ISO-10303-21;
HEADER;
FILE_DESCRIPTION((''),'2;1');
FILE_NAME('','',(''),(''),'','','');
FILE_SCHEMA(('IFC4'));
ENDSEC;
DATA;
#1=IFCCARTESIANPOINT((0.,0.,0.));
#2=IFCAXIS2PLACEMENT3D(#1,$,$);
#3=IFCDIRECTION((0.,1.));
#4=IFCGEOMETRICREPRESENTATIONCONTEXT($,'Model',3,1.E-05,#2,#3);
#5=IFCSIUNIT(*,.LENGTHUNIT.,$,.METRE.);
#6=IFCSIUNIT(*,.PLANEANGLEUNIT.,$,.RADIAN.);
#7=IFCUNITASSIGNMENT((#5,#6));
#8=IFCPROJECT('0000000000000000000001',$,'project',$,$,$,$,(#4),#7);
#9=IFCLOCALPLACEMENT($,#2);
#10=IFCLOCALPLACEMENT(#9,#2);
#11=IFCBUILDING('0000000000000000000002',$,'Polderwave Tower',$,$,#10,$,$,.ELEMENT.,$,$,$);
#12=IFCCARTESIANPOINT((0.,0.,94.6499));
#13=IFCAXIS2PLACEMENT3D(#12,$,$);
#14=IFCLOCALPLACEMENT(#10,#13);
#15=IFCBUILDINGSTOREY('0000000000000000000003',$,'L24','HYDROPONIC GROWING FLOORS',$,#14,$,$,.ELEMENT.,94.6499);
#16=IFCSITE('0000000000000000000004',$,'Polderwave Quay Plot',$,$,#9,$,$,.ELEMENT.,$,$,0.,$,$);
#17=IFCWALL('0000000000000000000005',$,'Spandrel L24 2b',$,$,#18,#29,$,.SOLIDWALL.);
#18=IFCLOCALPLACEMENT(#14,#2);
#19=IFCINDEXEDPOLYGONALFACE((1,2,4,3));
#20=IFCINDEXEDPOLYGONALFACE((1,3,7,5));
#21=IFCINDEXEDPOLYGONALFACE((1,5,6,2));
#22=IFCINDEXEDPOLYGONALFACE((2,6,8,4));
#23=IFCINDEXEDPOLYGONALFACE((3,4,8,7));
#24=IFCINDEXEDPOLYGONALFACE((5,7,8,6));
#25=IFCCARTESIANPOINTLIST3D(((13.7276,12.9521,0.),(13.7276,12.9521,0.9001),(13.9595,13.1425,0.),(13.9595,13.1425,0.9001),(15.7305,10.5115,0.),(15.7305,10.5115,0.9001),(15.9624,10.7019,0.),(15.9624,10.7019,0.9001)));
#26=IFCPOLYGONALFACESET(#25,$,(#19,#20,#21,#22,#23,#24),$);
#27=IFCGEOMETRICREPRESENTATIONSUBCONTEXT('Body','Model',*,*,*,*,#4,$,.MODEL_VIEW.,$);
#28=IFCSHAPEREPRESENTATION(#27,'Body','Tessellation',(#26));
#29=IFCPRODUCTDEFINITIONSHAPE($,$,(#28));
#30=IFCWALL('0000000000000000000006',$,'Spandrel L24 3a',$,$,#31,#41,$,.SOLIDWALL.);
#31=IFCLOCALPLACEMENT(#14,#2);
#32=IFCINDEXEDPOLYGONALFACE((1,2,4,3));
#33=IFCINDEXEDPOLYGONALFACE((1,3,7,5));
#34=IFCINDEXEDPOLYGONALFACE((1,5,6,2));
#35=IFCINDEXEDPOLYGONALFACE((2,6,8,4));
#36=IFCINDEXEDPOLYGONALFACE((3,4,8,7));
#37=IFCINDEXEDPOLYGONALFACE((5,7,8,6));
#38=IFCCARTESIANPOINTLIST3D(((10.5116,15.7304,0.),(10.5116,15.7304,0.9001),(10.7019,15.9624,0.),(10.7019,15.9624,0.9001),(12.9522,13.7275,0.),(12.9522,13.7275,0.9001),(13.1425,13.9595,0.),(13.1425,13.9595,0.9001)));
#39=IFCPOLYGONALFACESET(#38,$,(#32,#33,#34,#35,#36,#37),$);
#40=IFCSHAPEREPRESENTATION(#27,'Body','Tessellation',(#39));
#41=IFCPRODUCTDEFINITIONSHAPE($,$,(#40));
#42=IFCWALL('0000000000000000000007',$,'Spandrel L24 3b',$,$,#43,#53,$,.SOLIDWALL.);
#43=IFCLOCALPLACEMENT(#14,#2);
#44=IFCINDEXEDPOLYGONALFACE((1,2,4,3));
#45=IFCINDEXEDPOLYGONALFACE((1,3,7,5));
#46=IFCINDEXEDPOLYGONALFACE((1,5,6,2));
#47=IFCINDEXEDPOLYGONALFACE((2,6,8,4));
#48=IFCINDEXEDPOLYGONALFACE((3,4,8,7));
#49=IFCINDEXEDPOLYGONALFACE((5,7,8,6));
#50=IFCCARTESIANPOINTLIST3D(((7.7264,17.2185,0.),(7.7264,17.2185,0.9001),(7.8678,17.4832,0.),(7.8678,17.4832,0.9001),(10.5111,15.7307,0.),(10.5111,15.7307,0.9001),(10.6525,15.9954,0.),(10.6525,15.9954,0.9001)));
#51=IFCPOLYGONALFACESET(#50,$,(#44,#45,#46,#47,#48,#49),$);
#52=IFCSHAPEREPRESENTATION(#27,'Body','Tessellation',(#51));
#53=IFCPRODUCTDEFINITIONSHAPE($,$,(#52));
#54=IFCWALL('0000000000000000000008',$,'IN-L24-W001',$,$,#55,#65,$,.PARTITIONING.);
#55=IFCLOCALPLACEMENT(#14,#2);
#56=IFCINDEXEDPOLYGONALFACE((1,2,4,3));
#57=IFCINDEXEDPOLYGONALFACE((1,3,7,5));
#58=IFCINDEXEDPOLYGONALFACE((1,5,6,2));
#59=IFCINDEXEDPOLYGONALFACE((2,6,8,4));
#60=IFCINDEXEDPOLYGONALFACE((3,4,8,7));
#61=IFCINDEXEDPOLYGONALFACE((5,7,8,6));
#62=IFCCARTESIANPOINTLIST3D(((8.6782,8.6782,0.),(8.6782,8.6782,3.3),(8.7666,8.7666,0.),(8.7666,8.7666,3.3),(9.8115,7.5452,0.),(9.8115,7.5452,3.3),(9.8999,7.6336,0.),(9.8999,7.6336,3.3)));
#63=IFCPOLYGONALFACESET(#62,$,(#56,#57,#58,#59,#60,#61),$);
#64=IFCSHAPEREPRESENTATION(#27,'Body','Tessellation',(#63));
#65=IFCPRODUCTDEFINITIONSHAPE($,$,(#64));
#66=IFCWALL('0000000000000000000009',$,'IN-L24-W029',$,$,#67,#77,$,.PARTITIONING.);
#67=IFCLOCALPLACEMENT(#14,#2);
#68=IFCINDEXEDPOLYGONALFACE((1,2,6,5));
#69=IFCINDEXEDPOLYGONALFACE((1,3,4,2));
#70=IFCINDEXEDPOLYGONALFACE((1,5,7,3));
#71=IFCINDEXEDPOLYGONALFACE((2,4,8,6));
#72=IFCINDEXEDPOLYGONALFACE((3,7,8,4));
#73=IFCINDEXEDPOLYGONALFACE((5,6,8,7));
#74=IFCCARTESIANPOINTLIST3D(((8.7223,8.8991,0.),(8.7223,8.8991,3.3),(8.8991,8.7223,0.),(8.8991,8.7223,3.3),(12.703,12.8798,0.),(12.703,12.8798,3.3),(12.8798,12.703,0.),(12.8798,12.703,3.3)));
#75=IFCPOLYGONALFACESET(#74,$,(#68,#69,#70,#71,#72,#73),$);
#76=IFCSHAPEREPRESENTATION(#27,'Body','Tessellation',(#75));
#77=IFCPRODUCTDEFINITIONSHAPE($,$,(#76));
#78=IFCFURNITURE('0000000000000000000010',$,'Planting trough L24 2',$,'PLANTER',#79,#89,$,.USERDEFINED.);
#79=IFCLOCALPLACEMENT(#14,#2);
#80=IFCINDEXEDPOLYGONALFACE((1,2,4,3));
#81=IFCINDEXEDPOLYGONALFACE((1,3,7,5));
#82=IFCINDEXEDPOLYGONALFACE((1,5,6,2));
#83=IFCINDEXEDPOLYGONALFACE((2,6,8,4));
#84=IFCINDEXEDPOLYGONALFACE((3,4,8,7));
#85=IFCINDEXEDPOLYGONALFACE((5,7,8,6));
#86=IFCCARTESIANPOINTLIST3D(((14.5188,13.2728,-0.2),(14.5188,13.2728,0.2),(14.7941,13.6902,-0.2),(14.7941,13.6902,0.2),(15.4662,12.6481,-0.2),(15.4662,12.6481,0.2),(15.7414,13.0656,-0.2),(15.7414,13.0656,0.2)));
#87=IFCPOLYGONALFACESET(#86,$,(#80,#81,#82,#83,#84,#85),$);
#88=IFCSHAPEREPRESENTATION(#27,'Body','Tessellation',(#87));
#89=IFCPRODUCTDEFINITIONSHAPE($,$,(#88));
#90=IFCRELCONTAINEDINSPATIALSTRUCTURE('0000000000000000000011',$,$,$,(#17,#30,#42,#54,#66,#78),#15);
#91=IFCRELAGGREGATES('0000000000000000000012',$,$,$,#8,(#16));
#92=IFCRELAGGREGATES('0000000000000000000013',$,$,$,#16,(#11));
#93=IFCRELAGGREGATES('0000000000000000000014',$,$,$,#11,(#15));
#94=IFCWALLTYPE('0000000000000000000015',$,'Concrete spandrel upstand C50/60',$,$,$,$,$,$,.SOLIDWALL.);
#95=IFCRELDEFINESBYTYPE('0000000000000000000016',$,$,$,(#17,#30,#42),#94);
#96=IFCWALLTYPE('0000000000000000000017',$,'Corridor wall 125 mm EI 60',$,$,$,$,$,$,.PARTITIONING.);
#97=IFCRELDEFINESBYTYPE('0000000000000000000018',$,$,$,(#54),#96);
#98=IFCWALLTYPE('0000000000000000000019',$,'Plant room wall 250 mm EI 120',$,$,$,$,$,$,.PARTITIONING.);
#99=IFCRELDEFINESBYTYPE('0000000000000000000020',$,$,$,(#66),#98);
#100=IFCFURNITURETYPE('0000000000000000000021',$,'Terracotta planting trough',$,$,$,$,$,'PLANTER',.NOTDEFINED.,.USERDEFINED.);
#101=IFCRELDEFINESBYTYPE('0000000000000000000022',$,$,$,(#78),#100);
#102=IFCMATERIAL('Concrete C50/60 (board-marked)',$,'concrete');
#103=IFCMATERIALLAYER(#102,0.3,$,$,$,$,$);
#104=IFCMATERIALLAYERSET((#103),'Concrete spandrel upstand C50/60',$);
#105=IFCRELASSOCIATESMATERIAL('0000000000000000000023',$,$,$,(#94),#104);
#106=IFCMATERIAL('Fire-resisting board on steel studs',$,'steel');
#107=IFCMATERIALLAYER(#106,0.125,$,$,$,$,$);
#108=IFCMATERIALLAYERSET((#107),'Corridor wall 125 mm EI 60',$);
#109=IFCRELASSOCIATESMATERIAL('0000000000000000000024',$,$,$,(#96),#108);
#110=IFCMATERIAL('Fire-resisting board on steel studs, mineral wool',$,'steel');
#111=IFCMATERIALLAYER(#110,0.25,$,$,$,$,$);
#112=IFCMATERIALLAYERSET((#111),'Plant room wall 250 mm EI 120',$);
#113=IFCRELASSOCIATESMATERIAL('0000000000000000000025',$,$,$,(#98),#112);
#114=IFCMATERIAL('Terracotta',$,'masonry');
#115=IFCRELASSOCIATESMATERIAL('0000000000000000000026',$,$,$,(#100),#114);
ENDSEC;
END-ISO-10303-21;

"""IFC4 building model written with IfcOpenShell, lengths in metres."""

from ifc_helpers import new_model, si_unit, direction, frame, frame_2d, origin, origin_2d, place, context, subcontext, project, spatial, rectangle, extrude, material, layer, layer_set, type_object, element, save


model = new_model("IFC4")

# Units and contexts
model_context = context("Model", 3, precision=1e-05, world=origin(), true_north=direction((0.0, 1.0)))
body_context = subcontext(model_context, "Body", "Model", "MODEL_VIEW")
ifc_project = project(units=[si_unit("LENGTHUNIT", "METRE"), si_unit("PLANEANGLEUNIT", "RADIAN")], contexts=[model_context])

# Site, building, storey
site_placement = place(None, origin())
site = spatial("IfcSite", under=ifc_project, at=site_placement, Name="Polderwave Quay Plot", CompositionType="ELEMENT", RefElevation=0.0)
building_placement = place(site_placement, origin())
building = spatial("IfcBuilding", under=site, at=building_placement, Name="Polderwave Tower", CompositionType="ELEMENT")
storey_placement = place(building_placement, frame((0.0, 0.0, 94.6499)))
storey = spatial("IfcBuildingStorey", under=building, at=storey_placement, Name="L24", Description="HYDROPONIC GROWING FLOORS", CompositionType="ELEMENT", Elevation=94.6499)

# Walls
ifc_material_1 = material(Name="Concrete C50/60 (board-marked)", Category="concrete")
ifc_layer_1 = layer(ifc_material_1, 0.3)
ifc_layer_set_1 = layer_set([ifc_layer_1], Name="Concrete spandrel upstand C50/60")
wall_type_1 = type_object("IfcWallType", Name="Concrete spandrel upstand C50/60", PredefinedType="SOLIDWALL", material=ifc_layer_set_1)
for number, where, z_axis, x_axis, name in (
    (1, (15.8464, 10.6067, 0.0), (0.0, 0.0, 1.0), (-0.634378, 0.773023, 0.0), "Spandrel L24 2b"),
    (2, (13.0474, 13.8435, 0.0), (0.0, 0.0, 1.0), (-0.773023, 0.634378, 0.0), "Spandrel L24 3a"),
    (3, (10.5818, 15.863, 0.0), (0.0, 0.0, 1.0), (-0.882006, 0.471238, 0.0), "Spandrel L24 3b"),
):
    element("IfcWall", number, at=place(storey_placement, frame(where, z_axis=z_axis, x_axis=x_axis)), inside=storey, type_object=wall_type_1, Name=name, PredefinedType="SOLIDWALL", context=body_context, shape_type="SweptSolid", body=[
        extrude(rectangle(XDim=3.1572, YDim=0.3, at=frame_2d((1.5786, 0.0))), origin(), (0.0, 0.0, 1.0), 0.9001),
    ])
ifc_material_2 = material(Name="Fire-resisting board on steel studs", Category="steel")
ifc_layer_2 = layer(ifc_material_2, 0.125)
ifc_layer_set_2 = layer_set([ifc_layer_2], Name="Corridor wall 125 mm EI 60")
wall_type_2 = type_object("IfcWallType", Name="Corridor wall 125 mm EI 60", PredefinedType="PARTITIONING", material=ifc_layer_set_2)
wall_1_placement = place(storey_placement, frame((8.7224, 8.7224, 0.0), z_axis=(0.0, 0.0, 1.0), x_axis=(0.707183, -0.707031, 0.0)))
element("IfcWall", 4, at=wall_1_placement, inside=storey, type_object=wall_type_2, Name="IN-L24-W001", PredefinedType="PARTITIONING", context=body_context, shape_type="SweptSolid", body=[
    extrude(rectangle(XDim=1.6025, YDim=0.125, at=frame_2d((0.8013, 0.0))), origin(), (0.0, 0.0, 1.0), 3.3),
])
ifc_material_3 = material(Name="Fire-resisting board on steel studs, mineral wool", Category="steel")
ifc_layer_3 = layer(ifc_material_3, 0.25)
ifc_layer_set_3 = layer_set([ifc_layer_3], Name="Plant room wall 250 mm EI 120")
wall_type_3 = type_object("IfcWallType", Name="Plant room wall 250 mm EI 120", PredefinedType="PARTITIONING", material=ifc_layer_set_3)
wall_2_placement = place(storey_placement, frame((12.7915, 12.7915, 0.0), z_axis=(0.0, 0.0, 1.0), x_axis=(-0.707107, -0.707107, 0.0)))
element("IfcWall", 5, at=wall_2_placement, inside=storey, type_object=wall_type_3, Name="IN-L24-W029", PredefinedType="PARTITIONING", context=body_context, shape_type="SweptSolid", body=[
    extrude(rectangle(XDim=5.6296, YDim=0.25, at=frame_2d((2.8149, 0.0))), origin(), (0.0, 0.0, 1.0), 3.3),
])

# Furniture
ifc_material_4 = material(Name="Terracotta", Category="masonry")
furniture_type = type_object("IfcFurnitureType", Name="Terracotta planting trough", ElementType="PLANTER", AssemblyPlace="NOTDEFINED", PredefinedType="USERDEFINED", material=ifc_material_4)
furniture_placement = place(storey_placement, frame((15.1301, 13.1692, -0.2), z_axis=(0.0, 0.0, 1.0), x_axis=(-0.834838, 0.550495, 0.0)))
element("IfcFurniture", 6, at=furniture_placement, inside=storey, type_object=furniture_type, Name="Planting trough L24 2", ObjectType="PLANTER", PredefinedType="USERDEFINED", context=body_context, shape_type="SweptSolid", body=[
    extrude(rectangle(XDim=1.1348, YDim=0.5, at=origin_2d()), origin(), (0.0, 0.0, 1.0), 0.3999),
])

save(model, "model.ifc")
